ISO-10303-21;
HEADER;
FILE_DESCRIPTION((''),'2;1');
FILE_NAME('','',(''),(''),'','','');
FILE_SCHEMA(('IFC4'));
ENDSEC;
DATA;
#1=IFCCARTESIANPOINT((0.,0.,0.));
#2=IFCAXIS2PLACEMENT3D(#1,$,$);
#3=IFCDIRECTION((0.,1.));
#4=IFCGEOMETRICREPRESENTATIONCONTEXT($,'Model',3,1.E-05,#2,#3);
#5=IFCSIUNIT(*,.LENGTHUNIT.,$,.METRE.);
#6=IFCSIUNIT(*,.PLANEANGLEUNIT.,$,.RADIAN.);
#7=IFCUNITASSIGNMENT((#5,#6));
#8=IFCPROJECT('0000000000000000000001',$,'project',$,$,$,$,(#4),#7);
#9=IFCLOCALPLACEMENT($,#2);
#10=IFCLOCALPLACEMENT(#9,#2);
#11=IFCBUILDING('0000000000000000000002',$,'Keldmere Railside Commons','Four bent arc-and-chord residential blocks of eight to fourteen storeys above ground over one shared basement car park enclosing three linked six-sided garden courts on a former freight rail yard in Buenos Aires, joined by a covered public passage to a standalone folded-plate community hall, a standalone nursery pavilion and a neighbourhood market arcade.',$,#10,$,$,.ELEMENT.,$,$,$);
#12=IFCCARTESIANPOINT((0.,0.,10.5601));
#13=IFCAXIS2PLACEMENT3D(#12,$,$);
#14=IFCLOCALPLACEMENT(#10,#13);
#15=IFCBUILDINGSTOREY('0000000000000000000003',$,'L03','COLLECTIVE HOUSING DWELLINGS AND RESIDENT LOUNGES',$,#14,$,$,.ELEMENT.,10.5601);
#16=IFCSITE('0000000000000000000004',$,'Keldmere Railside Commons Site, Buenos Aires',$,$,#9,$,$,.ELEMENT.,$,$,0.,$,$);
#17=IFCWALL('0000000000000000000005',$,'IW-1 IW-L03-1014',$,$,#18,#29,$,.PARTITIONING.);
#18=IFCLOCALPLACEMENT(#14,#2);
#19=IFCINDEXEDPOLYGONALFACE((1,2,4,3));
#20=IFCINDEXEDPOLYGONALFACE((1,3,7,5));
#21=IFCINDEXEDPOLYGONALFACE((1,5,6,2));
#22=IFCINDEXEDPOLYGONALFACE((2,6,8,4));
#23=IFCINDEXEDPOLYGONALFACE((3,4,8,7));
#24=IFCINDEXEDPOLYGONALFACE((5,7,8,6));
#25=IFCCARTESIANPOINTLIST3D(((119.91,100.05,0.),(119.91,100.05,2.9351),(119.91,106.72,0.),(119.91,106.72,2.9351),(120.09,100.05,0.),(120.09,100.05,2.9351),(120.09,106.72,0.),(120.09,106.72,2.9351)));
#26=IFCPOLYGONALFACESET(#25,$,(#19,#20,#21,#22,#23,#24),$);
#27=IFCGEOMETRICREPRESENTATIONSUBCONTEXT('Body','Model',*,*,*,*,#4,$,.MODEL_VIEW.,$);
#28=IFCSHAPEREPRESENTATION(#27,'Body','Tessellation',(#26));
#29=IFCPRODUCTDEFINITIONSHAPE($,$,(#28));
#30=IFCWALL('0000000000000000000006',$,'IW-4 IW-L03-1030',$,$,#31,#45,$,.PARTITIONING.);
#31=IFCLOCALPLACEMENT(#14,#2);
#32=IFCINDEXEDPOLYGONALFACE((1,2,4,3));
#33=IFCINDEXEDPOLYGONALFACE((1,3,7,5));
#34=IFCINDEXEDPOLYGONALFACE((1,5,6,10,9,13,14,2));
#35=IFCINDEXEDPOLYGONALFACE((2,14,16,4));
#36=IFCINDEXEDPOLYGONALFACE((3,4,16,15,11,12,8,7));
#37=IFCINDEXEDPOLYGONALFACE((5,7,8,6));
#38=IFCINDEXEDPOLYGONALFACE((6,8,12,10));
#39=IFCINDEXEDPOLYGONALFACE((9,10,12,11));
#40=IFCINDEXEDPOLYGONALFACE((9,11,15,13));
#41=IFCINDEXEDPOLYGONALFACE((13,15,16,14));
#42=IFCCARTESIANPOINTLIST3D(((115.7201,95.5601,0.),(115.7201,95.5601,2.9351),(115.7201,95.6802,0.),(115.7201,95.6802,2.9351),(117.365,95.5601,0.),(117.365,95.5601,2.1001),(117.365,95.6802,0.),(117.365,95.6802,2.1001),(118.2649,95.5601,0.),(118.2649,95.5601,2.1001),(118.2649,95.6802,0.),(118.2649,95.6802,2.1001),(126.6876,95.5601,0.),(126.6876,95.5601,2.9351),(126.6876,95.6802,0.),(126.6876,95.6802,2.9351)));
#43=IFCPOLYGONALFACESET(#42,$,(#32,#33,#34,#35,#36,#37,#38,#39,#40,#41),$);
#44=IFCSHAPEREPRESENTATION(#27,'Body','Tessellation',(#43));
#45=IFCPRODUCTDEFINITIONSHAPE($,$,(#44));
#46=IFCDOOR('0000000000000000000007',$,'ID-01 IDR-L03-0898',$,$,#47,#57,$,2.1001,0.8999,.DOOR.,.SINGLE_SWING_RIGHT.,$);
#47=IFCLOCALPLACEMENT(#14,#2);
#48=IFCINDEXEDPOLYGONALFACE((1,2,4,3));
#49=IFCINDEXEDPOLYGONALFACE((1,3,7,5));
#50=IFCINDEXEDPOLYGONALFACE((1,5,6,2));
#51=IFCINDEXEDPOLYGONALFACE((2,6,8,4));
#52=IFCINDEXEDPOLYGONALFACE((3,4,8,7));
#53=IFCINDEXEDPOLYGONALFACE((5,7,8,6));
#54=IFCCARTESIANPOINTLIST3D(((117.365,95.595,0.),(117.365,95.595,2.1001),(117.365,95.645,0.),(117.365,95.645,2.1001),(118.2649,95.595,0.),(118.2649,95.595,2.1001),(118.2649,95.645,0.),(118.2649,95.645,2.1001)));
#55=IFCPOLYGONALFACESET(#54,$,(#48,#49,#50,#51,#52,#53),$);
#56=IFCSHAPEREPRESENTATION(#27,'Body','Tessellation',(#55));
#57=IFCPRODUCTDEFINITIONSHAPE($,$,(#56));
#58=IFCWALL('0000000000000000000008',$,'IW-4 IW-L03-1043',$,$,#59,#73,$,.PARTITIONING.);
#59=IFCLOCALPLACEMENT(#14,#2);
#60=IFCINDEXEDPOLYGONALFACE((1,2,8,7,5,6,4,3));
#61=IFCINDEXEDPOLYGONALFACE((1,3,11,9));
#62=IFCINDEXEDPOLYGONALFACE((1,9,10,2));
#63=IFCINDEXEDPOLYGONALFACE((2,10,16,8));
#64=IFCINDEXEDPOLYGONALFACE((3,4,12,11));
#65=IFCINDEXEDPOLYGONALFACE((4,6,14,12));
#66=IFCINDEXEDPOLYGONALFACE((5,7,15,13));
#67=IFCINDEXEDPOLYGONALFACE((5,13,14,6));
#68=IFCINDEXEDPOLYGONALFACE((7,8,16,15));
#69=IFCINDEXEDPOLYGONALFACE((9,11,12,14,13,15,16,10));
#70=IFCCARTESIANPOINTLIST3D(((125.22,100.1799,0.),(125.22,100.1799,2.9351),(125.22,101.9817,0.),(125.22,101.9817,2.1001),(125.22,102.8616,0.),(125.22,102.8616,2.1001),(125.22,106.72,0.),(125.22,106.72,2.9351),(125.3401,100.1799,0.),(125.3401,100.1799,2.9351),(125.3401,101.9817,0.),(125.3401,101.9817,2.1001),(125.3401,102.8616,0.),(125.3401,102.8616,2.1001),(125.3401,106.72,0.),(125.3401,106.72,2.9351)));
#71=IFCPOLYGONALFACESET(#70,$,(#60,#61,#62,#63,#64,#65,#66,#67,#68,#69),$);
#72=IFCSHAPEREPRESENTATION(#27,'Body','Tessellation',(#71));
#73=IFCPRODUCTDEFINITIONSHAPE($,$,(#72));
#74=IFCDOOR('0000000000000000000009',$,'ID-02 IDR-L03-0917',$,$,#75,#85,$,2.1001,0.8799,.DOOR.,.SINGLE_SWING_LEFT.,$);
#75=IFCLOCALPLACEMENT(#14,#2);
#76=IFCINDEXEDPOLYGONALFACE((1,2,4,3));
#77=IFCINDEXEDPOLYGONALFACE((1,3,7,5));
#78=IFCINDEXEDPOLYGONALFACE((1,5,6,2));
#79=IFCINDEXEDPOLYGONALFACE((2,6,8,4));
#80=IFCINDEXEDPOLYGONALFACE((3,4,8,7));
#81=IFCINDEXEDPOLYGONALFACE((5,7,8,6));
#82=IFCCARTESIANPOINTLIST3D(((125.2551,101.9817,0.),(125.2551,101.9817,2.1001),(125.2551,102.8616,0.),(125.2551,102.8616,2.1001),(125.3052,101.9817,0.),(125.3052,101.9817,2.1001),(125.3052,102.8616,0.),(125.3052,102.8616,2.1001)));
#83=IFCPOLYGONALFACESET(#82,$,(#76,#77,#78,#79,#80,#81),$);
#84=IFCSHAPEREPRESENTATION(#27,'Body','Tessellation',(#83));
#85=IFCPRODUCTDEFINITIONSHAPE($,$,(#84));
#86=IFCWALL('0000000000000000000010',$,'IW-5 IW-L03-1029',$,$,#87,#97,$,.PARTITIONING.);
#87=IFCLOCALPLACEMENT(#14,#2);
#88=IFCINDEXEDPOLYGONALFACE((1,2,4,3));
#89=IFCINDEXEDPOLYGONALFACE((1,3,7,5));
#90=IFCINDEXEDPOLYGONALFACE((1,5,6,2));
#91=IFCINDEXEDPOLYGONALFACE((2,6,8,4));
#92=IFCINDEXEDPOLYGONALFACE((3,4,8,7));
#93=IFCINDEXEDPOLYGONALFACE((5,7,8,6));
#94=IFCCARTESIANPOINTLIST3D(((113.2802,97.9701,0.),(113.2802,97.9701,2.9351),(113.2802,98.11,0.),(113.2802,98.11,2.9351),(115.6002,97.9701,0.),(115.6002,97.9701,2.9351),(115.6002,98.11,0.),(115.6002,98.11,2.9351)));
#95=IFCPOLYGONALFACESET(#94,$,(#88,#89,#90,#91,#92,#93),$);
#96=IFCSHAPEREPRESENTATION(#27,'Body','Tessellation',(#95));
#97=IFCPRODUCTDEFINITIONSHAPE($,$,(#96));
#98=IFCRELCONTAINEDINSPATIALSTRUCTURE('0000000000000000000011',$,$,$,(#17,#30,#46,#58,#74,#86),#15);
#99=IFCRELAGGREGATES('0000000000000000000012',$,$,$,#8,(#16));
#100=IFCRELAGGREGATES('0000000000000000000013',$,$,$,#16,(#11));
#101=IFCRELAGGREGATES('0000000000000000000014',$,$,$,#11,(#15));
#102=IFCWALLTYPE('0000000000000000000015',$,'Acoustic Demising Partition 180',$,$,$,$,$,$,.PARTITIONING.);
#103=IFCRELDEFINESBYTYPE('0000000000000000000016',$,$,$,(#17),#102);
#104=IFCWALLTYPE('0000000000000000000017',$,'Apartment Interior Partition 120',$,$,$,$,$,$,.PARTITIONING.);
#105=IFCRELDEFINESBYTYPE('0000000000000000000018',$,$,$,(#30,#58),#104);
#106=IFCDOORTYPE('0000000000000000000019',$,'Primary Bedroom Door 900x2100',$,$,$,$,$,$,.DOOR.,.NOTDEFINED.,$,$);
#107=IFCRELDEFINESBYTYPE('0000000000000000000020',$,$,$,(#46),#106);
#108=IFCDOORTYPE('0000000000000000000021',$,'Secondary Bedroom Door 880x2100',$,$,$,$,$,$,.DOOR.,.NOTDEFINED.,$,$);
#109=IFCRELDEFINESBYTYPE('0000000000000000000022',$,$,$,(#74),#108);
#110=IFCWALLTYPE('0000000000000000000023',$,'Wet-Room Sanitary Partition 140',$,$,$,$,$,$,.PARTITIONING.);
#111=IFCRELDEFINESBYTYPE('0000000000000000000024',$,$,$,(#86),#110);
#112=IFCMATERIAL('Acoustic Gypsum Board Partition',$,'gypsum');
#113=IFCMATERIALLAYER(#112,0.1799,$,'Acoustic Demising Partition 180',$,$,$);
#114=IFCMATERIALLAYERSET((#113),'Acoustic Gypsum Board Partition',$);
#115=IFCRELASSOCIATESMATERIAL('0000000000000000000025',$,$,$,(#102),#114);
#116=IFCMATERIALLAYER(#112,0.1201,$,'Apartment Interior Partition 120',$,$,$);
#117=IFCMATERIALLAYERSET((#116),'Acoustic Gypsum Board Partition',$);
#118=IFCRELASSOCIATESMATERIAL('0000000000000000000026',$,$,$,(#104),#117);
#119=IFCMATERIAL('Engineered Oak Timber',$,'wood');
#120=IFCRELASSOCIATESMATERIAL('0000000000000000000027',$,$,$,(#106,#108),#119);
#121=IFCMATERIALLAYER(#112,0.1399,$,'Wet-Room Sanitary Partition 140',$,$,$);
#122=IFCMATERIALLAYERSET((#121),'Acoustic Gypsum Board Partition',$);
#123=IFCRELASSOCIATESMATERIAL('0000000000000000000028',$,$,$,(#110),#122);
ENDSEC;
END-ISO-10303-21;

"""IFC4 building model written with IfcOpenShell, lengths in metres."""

from ifc_helpers import new_model, si_unit, direction, frame, frame_2d, origin, place, context, subcontext, project, spatial, rectangle, extrude, material, layer, layer_set, type_object, element, fill, save


model = new_model("IFC4")

# Units and contexts
model_context = context("Model", 3, precision=1e-05, world=origin(), true_north=direction((0.0, 1.0)))
body_context = subcontext(model_context, "Body", "Model", "MODEL_VIEW")
ifc_project = project(units=[si_unit("LENGTHUNIT", "METRE"), si_unit("PLANEANGLEUNIT", "RADIAN")], contexts=[model_context])

# Site, building, storey
site_placement = place(None, origin())
site = spatial("IfcSite", under=ifc_project, at=site_placement, Name="Keldmere Railside Commons Site, Buenos Aires", CompositionType="ELEMENT", RefElevation=0.0)
building_placement = place(site_placement, origin())
building = spatial("IfcBuilding", under=site, at=building_placement, Name="Keldmere Railside Commons", Description="Four bent arc-and-chord residential blocks of eight to fourteen storeys above ground over one shared basement car park enclosing three linked six-sided garden courts on a former freight rail yard in Buenos Aires, joined by a covered public passage to a standalone folded-plate community hall, a standalone nursery pavilion and a neighbourhood market arcade.", CompositionType="ELEMENT")
storey_placement = place(building_placement, frame((0.0, 0.0, 10.5601)))
storey = spatial("IfcBuildingStorey", under=building, at=storey_placement, Name="L03", Description="COLLECTIVE HOUSING DWELLINGS AND RESIDENT LOUNGES", CompositionType="ELEMENT", Elevation=10.5601)

# Wall
ifc_material_1 = material(Name="Acoustic Gypsum Board Partition", Category="gypsum")
ifc_layer_1 = layer(ifc_material_1, 0.1799, Name="Acoustic Demising Partition 180")
ifc_layer_set_1 = layer_set([ifc_layer_1], Name="Acoustic Gypsum Board Partition")
wall_type_1 = type_object("IfcWallType", Name="Acoustic Demising Partition 180", PredefinedType="PARTITIONING", material=ifc_layer_set_1)
wall_1_placement = place(storey_placement, frame((120.0, 100.05, 0.0), z_axis=(0.0, 0.0, 1.0), x_axis=(0.0, 1.0, 0.0)))
element("IfcWall", 1, at=wall_1_placement, inside=storey, type_object=wall_type_1, Name="IW-1 IW-L03-1014", PredefinedType="PARTITIONING", context=body_context, shape_type="SweptSolid", body=[
    extrude(rectangle(XDim=6.6699, YDim=0.1799, at=frame_2d((3.335, 0.0))), origin(), (0.0, 0.0, 1.0), 2.9351),
])

# Walls, openings, doors
ifc_layer_2 = layer(ifc_material_1, 0.1201, Name="Apartment Interior Partition 120")
ifc_layer_set_2 = layer_set([ifc_layer_2], Name="Acoustic Gypsum Board Partition")
wall_type_2 = type_object("IfcWallType", Name="Apartment Interior Partition 120", PredefinedType="PARTITIONING", material=ifc_layer_set_2)
wall_2_placement = place(storey_placement, frame((115.72, 95.6201, 0.0), z_axis=(0.0, 0.0, 1.0), x_axis=(1.0, 0.0, 0.0)))
wall_2 = element("IfcWall", 2, at=wall_2_placement, inside=storey, type_object=wall_type_2, Name="IW-4 IW-L03-1030", PredefinedType="PARTITIONING", context=body_context, shape_type="SweptSolid", body=[
    extrude(rectangle(XDim=10.9675, YDim=0.1201, at=frame_2d((5.4839, 0.0))), origin(), (0.0, 0.0, 1.0), 2.9351),
])
opening_1_placement = place(wall_2_placement, frame((1.645, 0.0, 0.0)))
opening_1 = element("IfcOpeningElement", 3, at=opening_1_placement, cuts=wall_2, PredefinedType="OPENING", context=body_context, shape_type="SweptSolid", body=[
    extrude(rectangle(XDim=0.8999, YDim=2.1001, at=frame_2d((0.45, 1.05))), frame((0.0, 0.0701, 0.0), z_axis=(0.0, -1.0, 0.0), x_axis=(1.0, 0.0, 0.0)), (0.0, 0.0, 1.0), 0.1401),
])
ifc_material_2 = material(Name="Engineered Oak Timber", Category="wood")
door_type_1 = type_object("IfcDoorType", Name="Primary Bedroom Door 900x2100", OperationType="NOTDEFINED", PredefinedType="DOOR", material=ifc_material_2)
door_1_placement = place(opening_1_placement, origin())
door_1 = element("IfcDoor", 4, at=door_1_placement, inside=storey, type_object=door_type_1, Name="ID-01 IDR-L03-0898", OperationType="SINGLE_SWING_RIGHT", OverallHeight=2.1001, OverallWidth=0.8999, PredefinedType="DOOR", context=body_context, shape_type="SweptSolid", body=[
    extrude(rectangle(XDim=0.8999, YDim=2.1001, at=frame_2d((0.45, 1.05))), frame((0.0, 0.0249, 0.0), z_axis=(0.0, -1.0, 0.0), x_axis=(1.0, 0.0, 0.0)), (0.0, 0.0, 1.0), 0.05),
])
fill(opening_1, door_1)
wall_3_placement = place(storey_placement, frame((125.28, 100.1799, 0.0), z_axis=(0.0, 0.0, 1.0), x_axis=(0.0, 1.0, 0.0)))
wall_3 = element("IfcWall", 5, at=wall_3_placement, inside=storey, type_object=wall_type_2, Name="IW-4 IW-L03-1043", PredefinedType="PARTITIONING", context=body_context, shape_type="SweptSolid", body=[
    extrude(rectangle(XDim=6.54, YDim=0.1201, at=frame_2d((3.27, 0.0))), origin(), (0.0, 0.0, 1.0), 2.9351),
])
opening_2_placement = place(wall_3_placement, frame((1.8018, 0.0, 0.0)))
opening_2 = element("IfcOpeningElement", 6, at=opening_2_placement, cuts=wall_3, PredefinedType="OPENING", context=body_context, shape_type="SweptSolid", body=[
    extrude(rectangle(XDim=0.8799, YDim=2.1001, at=frame_2d((0.4399, 1.05))), frame((0.0, 0.0701, 0.0), z_axis=(0.0, -1.0, 0.0), x_axis=(1.0, 0.0, 0.0)), (0.0, 0.0, 1.0), 0.1401),
])
door_type_2 = type_object("IfcDoorType", Name="Secondary Bedroom Door 880x2100", OperationType="NOTDEFINED", PredefinedType="DOOR", material=ifc_material_2)
door_2_placement = place(opening_2_placement, origin())
door_2 = element("IfcDoor", 7, at=door_2_placement, inside=storey, type_object=door_type_2, Name="ID-02 IDR-L03-0917", OperationType="SINGLE_SWING_LEFT", OverallHeight=2.1001, OverallWidth=0.8799, PredefinedType="DOOR", context=body_context, shape_type="SweptSolid", body=[
    extrude(rectangle(XDim=0.8799, YDim=2.1001, at=frame_2d((0.4399, 1.05))), frame((0.0, 0.0249, 0.0), z_axis=(0.0, -1.0, 0.0), x_axis=(1.0, 0.0, 0.0)), (0.0, 0.0, 1.0), 0.05),
])
fill(opening_2, door_2)

# Wall
ifc_layer_3 = layer(ifc_material_1, 0.1399, Name="Wet-Room Sanitary Partition 140")
ifc_layer_set_3 = layer_set([ifc_layer_3], Name="Acoustic Gypsum Board Partition")
wall_type_3 = type_object("IfcWallType", Name="Wet-Room Sanitary Partition 140", PredefinedType="PARTITIONING", material=ifc_layer_set_3)
wall_4_placement = place(storey_placement, frame((113.28, 98.04, 0.0), z_axis=(0.0, 0.0, 1.0), x_axis=(1.0, 0.0, 0.0)))
element("IfcWall", 8, at=wall_4_placement, inside=storey, type_object=wall_type_3, Name="IW-5 IW-L03-1029", PredefinedType="PARTITIONING", context=body_context, shape_type="SweptSolid", body=[
    extrude(rectangle(XDim=2.3201, YDim=0.1399, at=frame_2d((1.1602, 0.0))), origin(), (0.0, 0.0, 1.0), 2.9351),
])

save(model, "model.ifc")
